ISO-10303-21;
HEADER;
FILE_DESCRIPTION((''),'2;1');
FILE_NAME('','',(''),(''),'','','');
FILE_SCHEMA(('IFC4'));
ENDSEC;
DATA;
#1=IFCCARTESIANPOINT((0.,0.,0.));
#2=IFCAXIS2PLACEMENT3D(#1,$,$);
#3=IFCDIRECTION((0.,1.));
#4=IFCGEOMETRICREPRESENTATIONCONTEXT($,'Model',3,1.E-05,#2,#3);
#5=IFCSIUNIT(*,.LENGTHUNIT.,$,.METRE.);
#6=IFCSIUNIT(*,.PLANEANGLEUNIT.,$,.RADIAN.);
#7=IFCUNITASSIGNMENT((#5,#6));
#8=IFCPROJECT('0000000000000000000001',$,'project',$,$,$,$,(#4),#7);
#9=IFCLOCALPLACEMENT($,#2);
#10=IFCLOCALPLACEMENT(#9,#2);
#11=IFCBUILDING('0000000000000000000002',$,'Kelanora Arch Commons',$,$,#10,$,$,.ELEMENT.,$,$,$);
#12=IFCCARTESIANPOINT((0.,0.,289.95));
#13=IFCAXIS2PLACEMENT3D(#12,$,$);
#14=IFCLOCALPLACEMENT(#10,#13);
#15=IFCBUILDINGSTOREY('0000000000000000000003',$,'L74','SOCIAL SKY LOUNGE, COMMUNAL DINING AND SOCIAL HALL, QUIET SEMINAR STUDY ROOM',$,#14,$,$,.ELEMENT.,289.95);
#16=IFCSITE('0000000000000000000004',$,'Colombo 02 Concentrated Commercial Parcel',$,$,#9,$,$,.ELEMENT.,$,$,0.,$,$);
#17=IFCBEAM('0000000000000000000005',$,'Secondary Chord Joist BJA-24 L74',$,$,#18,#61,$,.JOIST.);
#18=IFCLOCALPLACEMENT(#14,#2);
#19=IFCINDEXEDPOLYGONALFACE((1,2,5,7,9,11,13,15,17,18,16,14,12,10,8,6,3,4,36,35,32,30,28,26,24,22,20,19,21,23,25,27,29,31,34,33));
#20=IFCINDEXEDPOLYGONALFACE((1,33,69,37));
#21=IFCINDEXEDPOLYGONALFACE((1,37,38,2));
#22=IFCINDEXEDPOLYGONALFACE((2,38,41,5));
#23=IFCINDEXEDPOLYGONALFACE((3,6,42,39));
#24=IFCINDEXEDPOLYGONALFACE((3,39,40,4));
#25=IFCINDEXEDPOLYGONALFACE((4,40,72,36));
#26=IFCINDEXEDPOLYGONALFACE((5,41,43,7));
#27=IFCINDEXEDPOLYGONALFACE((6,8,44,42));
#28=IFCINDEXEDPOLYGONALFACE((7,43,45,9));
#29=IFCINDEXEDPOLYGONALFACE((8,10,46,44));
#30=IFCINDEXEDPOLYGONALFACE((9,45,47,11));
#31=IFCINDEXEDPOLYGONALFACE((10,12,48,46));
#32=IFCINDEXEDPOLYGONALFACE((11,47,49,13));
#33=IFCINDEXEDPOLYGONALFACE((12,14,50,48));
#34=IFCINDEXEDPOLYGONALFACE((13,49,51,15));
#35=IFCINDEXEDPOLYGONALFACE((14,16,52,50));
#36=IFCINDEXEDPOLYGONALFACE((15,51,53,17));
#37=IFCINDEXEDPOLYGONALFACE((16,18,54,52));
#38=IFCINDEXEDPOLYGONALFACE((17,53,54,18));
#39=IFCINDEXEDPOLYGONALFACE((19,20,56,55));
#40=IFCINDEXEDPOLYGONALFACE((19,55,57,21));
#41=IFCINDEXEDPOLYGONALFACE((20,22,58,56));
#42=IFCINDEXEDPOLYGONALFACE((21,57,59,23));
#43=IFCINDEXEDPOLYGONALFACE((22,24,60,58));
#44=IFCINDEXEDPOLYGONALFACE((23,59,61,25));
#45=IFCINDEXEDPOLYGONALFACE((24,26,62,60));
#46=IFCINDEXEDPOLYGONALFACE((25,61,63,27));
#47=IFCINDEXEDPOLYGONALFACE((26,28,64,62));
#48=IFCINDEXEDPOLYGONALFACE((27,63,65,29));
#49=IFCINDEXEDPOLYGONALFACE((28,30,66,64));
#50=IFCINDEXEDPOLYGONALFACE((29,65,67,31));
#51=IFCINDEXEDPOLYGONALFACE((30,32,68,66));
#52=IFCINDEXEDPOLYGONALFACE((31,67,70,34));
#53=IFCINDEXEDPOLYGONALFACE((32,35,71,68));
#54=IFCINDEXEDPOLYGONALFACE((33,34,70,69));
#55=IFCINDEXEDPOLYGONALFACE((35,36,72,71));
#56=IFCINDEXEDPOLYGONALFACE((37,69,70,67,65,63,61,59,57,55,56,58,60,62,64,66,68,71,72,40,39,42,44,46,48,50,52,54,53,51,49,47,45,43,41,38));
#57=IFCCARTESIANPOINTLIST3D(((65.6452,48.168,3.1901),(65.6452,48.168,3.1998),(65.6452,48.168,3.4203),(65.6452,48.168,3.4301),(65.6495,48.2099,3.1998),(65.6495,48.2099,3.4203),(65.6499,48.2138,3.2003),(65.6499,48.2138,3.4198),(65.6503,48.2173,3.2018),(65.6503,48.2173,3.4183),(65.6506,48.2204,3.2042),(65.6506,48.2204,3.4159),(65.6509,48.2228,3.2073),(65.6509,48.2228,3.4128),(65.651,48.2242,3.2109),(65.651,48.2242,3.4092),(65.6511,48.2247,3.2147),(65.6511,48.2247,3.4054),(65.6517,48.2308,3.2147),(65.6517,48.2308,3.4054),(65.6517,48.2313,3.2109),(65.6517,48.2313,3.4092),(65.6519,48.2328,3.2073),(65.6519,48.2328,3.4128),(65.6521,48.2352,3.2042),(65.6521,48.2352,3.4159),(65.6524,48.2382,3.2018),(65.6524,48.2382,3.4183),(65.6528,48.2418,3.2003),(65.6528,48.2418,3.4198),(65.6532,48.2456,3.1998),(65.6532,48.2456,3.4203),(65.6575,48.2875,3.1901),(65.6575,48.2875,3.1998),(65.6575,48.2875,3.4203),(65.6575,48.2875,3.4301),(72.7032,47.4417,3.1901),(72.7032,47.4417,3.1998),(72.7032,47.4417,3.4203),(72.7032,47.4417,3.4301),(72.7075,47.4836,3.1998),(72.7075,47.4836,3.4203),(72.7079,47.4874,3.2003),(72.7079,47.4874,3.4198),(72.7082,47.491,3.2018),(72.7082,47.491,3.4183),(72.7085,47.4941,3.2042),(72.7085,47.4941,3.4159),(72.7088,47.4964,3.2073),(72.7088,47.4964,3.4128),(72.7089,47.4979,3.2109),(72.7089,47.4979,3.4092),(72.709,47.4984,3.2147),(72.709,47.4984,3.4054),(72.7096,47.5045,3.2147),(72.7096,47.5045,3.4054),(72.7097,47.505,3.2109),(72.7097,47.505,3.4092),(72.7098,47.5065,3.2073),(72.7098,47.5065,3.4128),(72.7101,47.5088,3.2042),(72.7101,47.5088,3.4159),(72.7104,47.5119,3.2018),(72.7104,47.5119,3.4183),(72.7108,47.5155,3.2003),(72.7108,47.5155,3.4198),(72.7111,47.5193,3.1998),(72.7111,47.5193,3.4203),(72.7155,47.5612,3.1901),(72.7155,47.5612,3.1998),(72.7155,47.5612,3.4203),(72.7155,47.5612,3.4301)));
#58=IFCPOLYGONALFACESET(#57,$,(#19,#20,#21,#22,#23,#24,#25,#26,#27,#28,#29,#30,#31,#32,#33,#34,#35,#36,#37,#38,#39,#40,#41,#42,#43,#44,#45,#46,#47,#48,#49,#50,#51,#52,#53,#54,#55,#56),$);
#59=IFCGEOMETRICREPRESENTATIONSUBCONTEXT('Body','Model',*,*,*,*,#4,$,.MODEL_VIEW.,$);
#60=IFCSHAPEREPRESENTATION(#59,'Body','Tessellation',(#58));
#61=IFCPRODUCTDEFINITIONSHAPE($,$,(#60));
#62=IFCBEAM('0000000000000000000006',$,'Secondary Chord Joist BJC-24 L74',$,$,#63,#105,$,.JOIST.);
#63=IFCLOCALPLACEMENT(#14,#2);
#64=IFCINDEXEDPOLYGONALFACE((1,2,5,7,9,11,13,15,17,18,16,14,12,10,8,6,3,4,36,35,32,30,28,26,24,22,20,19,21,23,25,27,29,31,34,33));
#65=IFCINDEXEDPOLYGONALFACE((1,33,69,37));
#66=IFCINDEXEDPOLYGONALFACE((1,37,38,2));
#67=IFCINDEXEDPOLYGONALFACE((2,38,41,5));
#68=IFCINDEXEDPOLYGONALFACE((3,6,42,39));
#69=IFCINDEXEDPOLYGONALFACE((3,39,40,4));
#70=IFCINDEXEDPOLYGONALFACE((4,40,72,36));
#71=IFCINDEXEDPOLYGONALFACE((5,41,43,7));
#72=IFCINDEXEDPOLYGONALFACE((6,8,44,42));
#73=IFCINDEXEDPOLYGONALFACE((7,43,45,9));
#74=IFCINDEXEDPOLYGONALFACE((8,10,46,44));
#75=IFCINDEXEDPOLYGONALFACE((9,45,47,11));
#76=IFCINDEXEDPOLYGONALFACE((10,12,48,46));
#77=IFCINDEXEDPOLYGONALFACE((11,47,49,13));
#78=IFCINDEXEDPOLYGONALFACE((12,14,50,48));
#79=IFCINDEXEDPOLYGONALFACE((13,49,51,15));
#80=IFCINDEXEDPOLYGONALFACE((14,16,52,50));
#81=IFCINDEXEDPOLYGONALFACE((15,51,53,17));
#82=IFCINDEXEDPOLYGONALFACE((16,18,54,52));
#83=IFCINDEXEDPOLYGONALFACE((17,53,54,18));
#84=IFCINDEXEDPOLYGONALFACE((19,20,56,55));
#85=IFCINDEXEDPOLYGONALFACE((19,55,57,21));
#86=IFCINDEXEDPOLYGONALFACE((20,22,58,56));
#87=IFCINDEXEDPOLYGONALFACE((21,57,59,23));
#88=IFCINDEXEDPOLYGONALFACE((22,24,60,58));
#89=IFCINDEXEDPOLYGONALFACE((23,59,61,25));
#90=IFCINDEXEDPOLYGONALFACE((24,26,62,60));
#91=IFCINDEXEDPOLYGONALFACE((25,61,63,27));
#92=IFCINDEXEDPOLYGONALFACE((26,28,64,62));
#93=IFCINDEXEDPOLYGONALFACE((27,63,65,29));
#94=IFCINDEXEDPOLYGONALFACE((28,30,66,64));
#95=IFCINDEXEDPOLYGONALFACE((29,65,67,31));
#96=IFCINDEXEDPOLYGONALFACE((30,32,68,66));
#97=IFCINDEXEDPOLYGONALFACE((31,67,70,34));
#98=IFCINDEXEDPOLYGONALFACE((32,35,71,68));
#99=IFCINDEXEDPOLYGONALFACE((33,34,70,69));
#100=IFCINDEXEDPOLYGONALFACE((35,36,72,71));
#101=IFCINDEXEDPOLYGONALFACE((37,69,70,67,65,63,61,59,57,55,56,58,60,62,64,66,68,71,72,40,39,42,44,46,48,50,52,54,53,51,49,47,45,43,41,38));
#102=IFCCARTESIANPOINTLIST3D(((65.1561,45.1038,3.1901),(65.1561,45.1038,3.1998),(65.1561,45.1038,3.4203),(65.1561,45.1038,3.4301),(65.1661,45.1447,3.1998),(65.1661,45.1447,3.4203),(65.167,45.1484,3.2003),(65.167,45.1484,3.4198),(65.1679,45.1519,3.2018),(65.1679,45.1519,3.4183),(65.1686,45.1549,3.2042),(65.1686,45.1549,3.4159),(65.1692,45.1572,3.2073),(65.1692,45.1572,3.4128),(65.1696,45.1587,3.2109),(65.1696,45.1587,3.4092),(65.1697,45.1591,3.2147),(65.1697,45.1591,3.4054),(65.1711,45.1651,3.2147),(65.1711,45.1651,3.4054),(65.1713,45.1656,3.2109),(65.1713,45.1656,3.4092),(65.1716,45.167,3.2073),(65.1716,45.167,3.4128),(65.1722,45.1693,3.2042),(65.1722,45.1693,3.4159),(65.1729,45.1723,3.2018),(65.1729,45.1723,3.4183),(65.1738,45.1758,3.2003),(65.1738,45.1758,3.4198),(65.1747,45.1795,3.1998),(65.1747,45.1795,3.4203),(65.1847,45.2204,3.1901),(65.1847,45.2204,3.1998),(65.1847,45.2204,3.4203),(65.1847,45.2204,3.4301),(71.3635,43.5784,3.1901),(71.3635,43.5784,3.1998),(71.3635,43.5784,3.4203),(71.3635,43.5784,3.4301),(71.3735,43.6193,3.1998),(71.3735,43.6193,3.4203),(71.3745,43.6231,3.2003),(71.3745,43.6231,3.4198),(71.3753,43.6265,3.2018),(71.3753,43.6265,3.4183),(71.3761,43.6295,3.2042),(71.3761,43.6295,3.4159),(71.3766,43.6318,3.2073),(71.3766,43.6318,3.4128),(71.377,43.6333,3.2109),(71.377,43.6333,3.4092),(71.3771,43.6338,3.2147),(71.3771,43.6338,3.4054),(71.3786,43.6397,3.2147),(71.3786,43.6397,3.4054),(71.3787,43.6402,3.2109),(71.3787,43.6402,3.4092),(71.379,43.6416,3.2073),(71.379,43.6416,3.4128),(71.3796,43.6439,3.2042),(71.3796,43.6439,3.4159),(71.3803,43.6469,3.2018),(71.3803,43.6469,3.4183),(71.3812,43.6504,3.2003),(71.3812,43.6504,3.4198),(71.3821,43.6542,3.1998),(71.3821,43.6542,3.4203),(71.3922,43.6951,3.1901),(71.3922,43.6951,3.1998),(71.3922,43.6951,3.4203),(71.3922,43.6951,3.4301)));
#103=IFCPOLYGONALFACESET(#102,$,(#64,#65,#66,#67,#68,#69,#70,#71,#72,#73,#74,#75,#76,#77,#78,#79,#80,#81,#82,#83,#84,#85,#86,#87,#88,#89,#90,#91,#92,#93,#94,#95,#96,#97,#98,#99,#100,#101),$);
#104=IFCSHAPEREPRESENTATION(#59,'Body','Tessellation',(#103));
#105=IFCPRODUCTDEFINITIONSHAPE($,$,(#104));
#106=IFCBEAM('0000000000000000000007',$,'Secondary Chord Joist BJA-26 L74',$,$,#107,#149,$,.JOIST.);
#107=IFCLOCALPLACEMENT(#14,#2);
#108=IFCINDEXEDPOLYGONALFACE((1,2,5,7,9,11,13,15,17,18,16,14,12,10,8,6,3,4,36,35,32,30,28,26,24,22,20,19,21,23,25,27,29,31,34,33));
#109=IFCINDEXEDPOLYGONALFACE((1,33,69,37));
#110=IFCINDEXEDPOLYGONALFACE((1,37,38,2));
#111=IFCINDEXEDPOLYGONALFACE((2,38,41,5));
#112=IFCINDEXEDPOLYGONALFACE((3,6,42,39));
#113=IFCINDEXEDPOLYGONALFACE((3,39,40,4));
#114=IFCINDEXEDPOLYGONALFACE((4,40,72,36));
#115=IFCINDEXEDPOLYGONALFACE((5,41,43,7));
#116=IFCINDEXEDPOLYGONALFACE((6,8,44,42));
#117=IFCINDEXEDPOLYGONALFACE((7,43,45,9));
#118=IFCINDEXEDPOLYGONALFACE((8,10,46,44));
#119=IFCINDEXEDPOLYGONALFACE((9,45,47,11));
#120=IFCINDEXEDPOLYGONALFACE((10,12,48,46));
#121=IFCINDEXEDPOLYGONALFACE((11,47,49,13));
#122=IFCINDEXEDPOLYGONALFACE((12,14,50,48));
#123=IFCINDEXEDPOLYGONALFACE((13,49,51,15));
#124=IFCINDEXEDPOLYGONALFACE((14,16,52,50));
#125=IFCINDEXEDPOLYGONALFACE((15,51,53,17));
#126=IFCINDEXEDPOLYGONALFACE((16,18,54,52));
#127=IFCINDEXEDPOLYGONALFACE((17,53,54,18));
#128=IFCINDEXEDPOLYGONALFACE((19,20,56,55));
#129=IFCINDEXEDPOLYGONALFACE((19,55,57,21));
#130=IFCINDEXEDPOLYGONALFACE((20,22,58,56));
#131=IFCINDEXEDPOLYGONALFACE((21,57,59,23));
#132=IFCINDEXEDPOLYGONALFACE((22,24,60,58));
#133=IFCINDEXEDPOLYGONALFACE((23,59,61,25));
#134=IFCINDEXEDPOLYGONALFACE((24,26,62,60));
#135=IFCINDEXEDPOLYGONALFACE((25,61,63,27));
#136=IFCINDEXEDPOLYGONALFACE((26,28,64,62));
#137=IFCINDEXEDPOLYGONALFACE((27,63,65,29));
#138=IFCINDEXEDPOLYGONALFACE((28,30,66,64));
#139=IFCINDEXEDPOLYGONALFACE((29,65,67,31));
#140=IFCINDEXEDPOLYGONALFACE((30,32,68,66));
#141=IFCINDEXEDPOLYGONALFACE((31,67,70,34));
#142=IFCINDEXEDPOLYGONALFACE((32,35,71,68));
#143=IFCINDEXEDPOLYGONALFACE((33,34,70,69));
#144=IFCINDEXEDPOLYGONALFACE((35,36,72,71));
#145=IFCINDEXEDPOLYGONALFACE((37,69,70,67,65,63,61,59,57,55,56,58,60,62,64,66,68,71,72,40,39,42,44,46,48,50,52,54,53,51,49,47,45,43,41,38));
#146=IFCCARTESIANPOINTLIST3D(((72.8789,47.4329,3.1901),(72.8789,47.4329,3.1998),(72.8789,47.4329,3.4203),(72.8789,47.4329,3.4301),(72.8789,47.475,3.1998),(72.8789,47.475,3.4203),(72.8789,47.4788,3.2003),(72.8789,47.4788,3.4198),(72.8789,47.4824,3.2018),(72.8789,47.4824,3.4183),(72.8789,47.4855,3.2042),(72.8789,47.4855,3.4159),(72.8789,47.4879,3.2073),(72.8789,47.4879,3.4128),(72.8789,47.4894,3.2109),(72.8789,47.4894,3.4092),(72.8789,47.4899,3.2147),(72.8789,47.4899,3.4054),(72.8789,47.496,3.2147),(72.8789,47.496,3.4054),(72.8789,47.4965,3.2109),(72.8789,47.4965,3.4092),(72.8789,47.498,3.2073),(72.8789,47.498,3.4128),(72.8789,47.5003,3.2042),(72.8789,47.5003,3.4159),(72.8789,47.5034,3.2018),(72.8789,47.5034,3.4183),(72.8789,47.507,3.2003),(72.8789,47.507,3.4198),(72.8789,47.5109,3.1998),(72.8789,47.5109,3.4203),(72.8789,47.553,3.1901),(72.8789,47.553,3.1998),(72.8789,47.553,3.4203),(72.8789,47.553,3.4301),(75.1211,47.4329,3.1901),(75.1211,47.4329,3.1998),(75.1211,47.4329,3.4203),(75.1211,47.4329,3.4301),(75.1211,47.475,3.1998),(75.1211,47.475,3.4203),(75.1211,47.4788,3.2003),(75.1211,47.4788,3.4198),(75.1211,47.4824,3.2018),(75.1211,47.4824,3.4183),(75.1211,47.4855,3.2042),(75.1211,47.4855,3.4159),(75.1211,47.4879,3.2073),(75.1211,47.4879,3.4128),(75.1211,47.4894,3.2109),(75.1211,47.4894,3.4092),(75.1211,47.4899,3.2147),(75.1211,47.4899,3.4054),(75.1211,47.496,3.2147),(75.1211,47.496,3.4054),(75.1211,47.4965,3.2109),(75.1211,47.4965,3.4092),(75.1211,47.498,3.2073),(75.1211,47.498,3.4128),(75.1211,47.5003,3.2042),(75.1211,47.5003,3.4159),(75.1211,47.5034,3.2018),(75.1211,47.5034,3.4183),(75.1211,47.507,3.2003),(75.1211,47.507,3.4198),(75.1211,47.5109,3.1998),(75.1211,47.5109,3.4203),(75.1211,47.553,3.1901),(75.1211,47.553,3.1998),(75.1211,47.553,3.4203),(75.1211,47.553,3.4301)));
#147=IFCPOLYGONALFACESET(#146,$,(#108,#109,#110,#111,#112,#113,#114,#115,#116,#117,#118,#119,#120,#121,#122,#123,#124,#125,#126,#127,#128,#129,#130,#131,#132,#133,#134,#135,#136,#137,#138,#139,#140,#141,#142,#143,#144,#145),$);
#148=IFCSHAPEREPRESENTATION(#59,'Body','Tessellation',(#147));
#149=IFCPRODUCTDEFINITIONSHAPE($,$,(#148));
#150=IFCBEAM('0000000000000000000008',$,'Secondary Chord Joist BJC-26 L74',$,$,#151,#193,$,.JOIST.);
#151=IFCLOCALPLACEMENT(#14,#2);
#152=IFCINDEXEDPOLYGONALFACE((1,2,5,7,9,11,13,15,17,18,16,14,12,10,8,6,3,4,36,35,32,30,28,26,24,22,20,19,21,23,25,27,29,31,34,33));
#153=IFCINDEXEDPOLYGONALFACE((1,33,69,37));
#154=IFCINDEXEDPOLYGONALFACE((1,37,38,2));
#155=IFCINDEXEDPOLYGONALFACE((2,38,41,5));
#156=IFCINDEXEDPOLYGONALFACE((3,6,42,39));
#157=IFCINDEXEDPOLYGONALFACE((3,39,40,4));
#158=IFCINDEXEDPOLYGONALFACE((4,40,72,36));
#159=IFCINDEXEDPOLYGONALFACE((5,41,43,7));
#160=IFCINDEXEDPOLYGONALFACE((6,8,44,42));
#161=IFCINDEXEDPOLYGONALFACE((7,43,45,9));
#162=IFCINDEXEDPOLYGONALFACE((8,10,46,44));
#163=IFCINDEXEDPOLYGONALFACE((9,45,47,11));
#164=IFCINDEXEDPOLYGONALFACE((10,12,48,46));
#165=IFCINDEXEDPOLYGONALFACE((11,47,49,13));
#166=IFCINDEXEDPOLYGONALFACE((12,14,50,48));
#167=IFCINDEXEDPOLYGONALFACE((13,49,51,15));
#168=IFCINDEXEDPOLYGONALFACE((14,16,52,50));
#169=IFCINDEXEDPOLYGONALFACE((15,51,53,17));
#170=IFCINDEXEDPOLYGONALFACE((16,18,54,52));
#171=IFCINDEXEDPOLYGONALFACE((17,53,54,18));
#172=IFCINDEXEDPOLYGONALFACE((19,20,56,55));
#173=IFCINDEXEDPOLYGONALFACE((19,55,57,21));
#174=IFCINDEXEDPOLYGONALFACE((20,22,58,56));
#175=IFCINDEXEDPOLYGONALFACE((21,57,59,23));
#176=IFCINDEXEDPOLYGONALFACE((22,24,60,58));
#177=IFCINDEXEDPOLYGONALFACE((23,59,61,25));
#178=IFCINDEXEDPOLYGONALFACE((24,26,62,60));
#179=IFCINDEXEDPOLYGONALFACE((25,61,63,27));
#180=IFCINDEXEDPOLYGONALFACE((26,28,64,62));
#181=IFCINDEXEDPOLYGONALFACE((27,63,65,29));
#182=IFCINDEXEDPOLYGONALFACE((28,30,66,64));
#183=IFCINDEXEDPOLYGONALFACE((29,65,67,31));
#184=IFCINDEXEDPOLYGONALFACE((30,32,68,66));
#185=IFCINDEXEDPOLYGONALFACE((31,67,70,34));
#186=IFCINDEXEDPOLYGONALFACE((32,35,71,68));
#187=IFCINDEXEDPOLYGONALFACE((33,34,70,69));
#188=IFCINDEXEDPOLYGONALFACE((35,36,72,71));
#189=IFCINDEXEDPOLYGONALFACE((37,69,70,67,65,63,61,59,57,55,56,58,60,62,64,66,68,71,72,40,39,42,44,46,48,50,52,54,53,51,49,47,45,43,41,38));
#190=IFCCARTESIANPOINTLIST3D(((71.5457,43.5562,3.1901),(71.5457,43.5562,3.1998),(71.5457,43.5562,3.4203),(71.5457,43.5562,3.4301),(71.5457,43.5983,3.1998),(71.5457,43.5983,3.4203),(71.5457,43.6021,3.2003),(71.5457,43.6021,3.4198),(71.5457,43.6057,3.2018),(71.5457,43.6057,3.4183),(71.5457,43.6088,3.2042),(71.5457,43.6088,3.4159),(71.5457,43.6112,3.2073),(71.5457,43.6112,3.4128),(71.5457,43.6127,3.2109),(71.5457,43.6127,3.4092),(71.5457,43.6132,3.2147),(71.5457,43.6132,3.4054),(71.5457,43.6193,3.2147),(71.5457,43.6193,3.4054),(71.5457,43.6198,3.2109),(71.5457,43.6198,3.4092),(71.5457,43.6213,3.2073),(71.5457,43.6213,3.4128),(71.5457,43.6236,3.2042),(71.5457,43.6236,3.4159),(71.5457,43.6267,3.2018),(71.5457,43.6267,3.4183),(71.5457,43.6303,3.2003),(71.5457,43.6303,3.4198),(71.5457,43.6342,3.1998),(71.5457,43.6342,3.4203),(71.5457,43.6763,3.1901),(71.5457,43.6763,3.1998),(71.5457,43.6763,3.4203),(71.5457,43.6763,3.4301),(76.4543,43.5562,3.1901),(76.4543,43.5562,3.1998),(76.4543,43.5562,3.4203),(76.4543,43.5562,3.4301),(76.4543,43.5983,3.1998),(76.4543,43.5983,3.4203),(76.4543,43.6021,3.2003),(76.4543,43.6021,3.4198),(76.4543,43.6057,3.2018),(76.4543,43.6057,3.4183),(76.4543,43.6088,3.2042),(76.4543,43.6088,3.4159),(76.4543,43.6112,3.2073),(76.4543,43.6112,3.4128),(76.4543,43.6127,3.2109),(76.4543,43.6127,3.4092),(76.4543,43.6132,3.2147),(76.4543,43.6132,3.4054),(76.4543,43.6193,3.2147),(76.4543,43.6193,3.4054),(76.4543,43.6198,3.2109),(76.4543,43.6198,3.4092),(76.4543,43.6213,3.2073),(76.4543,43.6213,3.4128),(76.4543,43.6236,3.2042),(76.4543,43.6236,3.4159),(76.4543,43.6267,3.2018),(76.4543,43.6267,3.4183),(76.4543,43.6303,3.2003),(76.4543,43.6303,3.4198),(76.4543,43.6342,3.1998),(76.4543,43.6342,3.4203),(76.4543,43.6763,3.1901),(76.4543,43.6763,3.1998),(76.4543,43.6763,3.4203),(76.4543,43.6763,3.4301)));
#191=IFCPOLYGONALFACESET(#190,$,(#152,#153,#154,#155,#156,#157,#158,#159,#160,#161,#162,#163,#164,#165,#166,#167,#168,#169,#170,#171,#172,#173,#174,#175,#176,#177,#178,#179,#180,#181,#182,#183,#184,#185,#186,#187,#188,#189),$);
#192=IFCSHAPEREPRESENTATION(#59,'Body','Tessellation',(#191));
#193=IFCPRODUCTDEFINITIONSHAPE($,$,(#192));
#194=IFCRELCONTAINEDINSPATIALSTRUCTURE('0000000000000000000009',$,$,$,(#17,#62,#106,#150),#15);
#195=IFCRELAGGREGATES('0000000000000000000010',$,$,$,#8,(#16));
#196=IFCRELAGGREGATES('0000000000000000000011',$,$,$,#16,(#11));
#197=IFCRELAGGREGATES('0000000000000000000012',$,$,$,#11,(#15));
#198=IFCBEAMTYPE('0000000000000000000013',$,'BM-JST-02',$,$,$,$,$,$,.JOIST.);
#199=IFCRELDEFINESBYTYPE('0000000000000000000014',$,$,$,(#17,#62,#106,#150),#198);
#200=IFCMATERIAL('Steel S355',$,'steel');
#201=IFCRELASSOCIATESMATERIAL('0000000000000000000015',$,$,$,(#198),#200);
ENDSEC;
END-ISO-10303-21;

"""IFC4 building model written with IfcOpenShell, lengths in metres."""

from ifc_helpers import new_model, si_unit, direction, frame, origin, origin_2d, place, context, subcontext, project, spatial, i_section, extrude, material, material_profile, profile_set, type_object, element, save


model = new_model("IFC4")

# Units and contexts
model_context = context("Model", 3, precision=1e-05, world=origin(), true_north=direction((0.0, 1.0)))
body_context = subcontext(model_context, "Body", "Model", "MODEL_VIEW")
ifc_project = project(units=[si_unit("LENGTHUNIT", "METRE"), si_unit("PLANEANGLEUNIT", "RADIAN")], contexts=[model_context])

# Site, building, storey
site_placement = place(None, origin())
site = spatial("IfcSite", under=ifc_project, at=site_placement, Name="Colombo 02 Concentrated Commercial Parcel", CompositionType="ELEMENT", RefElevation=0.0)
building_placement = place(site_placement, origin())
building = spatial("IfcBuilding", under=site, at=building_placement, Name="Kelanora Arch Commons", CompositionType="ELEMENT")
storey_placement = place(building_placement, frame((0.0, 0.0, 289.95)))
storey = spatial("IfcBuildingStorey", under=building, at=storey_placement, Name="L74", Description="SOCIAL SKY LOUNGE, COMMUNAL DINING AND SOCIAL HALL, QUIET SEMINAR STUDY ROOM", CompositionType="ELEMENT", Elevation=289.95)

# Beams
ifc_material_1 = material(Name="Steel S355", Category="steel")
ifc_material_profile_1 = material_profile(ifc_material_1, i_section(OverallWidth=0.1201, OverallDepth=0.24, WebThickness=0.0061, FlangeThickness=0.0098, FilletRadius=0.0149, at=origin_2d()), Name="IPE240")
ifc_profile_set_1 = profile_set([ifc_material_profile_1], Name="Steel S355")
beam_type_1 = type_object("IfcBeamType", Name="BM-JST-02", PredefinedType="JOIST", material=ifc_profile_set_1)
beam_1_placement = place(storey_placement, frame((65.6514, 48.2278, 3.3101), z_axis=(0.994747, -0.102369, 0.0), x_axis=(0.102369, 0.994747, 0.0)))
element("IfcBeam", 1, at=beam_1_placement, inside=storey, type_object=beam_type_1, Name="Secondary Chord Joist BJA-24 L74", PredefinedType="JOIST", context=body_context, shape_type="SweptSolid", body=[
    extrude(i_section(OverallWidth=0.1201, OverallDepth=0.24, WebThickness=0.0061, FlangeThickness=0.0098, FilletRadius=0.0149, at=origin_2d()), origin(), (0.0, 0.0, 1.0), 7.0952),
])
beam_2_placement = place(storey_placement, frame((65.1704, 45.1621, 3.3101), z_axis=(0.97111, -0.238633, 0.0), x_axis=(0.238633, 0.97111, 0.0)))
element("IfcBeam", 2, at=beam_2_placement, inside=storey, type_object=beam_type_1, Name="Secondary Chord Joist BJC-24 L74", PredefinedType="JOIST", context=body_context, shape_type="SweptSolid", body=[
    extrude(i_section(OverallWidth=0.1201, OverallDepth=0.24, WebThickness=0.0061, FlangeThickness=0.0098, FilletRadius=0.0149, at=origin_2d()), origin(), (0.0, 0.0, 1.0), 6.3921),
])
beam_3_placement = place(storey_placement, frame((72.8789, 47.4929, 3.3101), z_axis=(1.0, 0.0, 0.0), x_axis=(0.0, 1.0, 0.0)))
element("IfcBeam", 3, at=beam_3_placement, inside=storey, type_object=beam_type_1, Name="Secondary Chord Joist BJA-26 L74", PredefinedType="JOIST", context=body_context, shape_type="SweptSolid", body=[
    extrude(i_section(OverallWidth=0.1201, OverallDepth=0.24, WebThickness=0.0061, FlangeThickness=0.0098, FilletRadius=0.0149, at=origin_2d()), origin(), (0.0, 0.0, 1.0), 2.2422),
])
beam_4_placement = place(storey_placement, frame((71.5457, 43.6162, 3.3101), z_axis=(1.0, 0.0, 0.0), x_axis=(0.0, 1.0, 0.0)))
element("IfcBeam", 4, at=beam_4_placement, inside=storey, type_object=beam_type_1, Name="Secondary Chord Joist BJC-26 L74", PredefinedType="JOIST", context=body_context, shape_type="SweptSolid", body=[
    extrude(i_section(OverallWidth=0.1201, OverallDepth=0.24, WebThickness=0.0061, FlangeThickness=0.0098, FilletRadius=0.0149, at=origin_2d()), origin(), (0.0, 0.0, 1.0), 4.9087),
])

save(model, "model.ifc")
